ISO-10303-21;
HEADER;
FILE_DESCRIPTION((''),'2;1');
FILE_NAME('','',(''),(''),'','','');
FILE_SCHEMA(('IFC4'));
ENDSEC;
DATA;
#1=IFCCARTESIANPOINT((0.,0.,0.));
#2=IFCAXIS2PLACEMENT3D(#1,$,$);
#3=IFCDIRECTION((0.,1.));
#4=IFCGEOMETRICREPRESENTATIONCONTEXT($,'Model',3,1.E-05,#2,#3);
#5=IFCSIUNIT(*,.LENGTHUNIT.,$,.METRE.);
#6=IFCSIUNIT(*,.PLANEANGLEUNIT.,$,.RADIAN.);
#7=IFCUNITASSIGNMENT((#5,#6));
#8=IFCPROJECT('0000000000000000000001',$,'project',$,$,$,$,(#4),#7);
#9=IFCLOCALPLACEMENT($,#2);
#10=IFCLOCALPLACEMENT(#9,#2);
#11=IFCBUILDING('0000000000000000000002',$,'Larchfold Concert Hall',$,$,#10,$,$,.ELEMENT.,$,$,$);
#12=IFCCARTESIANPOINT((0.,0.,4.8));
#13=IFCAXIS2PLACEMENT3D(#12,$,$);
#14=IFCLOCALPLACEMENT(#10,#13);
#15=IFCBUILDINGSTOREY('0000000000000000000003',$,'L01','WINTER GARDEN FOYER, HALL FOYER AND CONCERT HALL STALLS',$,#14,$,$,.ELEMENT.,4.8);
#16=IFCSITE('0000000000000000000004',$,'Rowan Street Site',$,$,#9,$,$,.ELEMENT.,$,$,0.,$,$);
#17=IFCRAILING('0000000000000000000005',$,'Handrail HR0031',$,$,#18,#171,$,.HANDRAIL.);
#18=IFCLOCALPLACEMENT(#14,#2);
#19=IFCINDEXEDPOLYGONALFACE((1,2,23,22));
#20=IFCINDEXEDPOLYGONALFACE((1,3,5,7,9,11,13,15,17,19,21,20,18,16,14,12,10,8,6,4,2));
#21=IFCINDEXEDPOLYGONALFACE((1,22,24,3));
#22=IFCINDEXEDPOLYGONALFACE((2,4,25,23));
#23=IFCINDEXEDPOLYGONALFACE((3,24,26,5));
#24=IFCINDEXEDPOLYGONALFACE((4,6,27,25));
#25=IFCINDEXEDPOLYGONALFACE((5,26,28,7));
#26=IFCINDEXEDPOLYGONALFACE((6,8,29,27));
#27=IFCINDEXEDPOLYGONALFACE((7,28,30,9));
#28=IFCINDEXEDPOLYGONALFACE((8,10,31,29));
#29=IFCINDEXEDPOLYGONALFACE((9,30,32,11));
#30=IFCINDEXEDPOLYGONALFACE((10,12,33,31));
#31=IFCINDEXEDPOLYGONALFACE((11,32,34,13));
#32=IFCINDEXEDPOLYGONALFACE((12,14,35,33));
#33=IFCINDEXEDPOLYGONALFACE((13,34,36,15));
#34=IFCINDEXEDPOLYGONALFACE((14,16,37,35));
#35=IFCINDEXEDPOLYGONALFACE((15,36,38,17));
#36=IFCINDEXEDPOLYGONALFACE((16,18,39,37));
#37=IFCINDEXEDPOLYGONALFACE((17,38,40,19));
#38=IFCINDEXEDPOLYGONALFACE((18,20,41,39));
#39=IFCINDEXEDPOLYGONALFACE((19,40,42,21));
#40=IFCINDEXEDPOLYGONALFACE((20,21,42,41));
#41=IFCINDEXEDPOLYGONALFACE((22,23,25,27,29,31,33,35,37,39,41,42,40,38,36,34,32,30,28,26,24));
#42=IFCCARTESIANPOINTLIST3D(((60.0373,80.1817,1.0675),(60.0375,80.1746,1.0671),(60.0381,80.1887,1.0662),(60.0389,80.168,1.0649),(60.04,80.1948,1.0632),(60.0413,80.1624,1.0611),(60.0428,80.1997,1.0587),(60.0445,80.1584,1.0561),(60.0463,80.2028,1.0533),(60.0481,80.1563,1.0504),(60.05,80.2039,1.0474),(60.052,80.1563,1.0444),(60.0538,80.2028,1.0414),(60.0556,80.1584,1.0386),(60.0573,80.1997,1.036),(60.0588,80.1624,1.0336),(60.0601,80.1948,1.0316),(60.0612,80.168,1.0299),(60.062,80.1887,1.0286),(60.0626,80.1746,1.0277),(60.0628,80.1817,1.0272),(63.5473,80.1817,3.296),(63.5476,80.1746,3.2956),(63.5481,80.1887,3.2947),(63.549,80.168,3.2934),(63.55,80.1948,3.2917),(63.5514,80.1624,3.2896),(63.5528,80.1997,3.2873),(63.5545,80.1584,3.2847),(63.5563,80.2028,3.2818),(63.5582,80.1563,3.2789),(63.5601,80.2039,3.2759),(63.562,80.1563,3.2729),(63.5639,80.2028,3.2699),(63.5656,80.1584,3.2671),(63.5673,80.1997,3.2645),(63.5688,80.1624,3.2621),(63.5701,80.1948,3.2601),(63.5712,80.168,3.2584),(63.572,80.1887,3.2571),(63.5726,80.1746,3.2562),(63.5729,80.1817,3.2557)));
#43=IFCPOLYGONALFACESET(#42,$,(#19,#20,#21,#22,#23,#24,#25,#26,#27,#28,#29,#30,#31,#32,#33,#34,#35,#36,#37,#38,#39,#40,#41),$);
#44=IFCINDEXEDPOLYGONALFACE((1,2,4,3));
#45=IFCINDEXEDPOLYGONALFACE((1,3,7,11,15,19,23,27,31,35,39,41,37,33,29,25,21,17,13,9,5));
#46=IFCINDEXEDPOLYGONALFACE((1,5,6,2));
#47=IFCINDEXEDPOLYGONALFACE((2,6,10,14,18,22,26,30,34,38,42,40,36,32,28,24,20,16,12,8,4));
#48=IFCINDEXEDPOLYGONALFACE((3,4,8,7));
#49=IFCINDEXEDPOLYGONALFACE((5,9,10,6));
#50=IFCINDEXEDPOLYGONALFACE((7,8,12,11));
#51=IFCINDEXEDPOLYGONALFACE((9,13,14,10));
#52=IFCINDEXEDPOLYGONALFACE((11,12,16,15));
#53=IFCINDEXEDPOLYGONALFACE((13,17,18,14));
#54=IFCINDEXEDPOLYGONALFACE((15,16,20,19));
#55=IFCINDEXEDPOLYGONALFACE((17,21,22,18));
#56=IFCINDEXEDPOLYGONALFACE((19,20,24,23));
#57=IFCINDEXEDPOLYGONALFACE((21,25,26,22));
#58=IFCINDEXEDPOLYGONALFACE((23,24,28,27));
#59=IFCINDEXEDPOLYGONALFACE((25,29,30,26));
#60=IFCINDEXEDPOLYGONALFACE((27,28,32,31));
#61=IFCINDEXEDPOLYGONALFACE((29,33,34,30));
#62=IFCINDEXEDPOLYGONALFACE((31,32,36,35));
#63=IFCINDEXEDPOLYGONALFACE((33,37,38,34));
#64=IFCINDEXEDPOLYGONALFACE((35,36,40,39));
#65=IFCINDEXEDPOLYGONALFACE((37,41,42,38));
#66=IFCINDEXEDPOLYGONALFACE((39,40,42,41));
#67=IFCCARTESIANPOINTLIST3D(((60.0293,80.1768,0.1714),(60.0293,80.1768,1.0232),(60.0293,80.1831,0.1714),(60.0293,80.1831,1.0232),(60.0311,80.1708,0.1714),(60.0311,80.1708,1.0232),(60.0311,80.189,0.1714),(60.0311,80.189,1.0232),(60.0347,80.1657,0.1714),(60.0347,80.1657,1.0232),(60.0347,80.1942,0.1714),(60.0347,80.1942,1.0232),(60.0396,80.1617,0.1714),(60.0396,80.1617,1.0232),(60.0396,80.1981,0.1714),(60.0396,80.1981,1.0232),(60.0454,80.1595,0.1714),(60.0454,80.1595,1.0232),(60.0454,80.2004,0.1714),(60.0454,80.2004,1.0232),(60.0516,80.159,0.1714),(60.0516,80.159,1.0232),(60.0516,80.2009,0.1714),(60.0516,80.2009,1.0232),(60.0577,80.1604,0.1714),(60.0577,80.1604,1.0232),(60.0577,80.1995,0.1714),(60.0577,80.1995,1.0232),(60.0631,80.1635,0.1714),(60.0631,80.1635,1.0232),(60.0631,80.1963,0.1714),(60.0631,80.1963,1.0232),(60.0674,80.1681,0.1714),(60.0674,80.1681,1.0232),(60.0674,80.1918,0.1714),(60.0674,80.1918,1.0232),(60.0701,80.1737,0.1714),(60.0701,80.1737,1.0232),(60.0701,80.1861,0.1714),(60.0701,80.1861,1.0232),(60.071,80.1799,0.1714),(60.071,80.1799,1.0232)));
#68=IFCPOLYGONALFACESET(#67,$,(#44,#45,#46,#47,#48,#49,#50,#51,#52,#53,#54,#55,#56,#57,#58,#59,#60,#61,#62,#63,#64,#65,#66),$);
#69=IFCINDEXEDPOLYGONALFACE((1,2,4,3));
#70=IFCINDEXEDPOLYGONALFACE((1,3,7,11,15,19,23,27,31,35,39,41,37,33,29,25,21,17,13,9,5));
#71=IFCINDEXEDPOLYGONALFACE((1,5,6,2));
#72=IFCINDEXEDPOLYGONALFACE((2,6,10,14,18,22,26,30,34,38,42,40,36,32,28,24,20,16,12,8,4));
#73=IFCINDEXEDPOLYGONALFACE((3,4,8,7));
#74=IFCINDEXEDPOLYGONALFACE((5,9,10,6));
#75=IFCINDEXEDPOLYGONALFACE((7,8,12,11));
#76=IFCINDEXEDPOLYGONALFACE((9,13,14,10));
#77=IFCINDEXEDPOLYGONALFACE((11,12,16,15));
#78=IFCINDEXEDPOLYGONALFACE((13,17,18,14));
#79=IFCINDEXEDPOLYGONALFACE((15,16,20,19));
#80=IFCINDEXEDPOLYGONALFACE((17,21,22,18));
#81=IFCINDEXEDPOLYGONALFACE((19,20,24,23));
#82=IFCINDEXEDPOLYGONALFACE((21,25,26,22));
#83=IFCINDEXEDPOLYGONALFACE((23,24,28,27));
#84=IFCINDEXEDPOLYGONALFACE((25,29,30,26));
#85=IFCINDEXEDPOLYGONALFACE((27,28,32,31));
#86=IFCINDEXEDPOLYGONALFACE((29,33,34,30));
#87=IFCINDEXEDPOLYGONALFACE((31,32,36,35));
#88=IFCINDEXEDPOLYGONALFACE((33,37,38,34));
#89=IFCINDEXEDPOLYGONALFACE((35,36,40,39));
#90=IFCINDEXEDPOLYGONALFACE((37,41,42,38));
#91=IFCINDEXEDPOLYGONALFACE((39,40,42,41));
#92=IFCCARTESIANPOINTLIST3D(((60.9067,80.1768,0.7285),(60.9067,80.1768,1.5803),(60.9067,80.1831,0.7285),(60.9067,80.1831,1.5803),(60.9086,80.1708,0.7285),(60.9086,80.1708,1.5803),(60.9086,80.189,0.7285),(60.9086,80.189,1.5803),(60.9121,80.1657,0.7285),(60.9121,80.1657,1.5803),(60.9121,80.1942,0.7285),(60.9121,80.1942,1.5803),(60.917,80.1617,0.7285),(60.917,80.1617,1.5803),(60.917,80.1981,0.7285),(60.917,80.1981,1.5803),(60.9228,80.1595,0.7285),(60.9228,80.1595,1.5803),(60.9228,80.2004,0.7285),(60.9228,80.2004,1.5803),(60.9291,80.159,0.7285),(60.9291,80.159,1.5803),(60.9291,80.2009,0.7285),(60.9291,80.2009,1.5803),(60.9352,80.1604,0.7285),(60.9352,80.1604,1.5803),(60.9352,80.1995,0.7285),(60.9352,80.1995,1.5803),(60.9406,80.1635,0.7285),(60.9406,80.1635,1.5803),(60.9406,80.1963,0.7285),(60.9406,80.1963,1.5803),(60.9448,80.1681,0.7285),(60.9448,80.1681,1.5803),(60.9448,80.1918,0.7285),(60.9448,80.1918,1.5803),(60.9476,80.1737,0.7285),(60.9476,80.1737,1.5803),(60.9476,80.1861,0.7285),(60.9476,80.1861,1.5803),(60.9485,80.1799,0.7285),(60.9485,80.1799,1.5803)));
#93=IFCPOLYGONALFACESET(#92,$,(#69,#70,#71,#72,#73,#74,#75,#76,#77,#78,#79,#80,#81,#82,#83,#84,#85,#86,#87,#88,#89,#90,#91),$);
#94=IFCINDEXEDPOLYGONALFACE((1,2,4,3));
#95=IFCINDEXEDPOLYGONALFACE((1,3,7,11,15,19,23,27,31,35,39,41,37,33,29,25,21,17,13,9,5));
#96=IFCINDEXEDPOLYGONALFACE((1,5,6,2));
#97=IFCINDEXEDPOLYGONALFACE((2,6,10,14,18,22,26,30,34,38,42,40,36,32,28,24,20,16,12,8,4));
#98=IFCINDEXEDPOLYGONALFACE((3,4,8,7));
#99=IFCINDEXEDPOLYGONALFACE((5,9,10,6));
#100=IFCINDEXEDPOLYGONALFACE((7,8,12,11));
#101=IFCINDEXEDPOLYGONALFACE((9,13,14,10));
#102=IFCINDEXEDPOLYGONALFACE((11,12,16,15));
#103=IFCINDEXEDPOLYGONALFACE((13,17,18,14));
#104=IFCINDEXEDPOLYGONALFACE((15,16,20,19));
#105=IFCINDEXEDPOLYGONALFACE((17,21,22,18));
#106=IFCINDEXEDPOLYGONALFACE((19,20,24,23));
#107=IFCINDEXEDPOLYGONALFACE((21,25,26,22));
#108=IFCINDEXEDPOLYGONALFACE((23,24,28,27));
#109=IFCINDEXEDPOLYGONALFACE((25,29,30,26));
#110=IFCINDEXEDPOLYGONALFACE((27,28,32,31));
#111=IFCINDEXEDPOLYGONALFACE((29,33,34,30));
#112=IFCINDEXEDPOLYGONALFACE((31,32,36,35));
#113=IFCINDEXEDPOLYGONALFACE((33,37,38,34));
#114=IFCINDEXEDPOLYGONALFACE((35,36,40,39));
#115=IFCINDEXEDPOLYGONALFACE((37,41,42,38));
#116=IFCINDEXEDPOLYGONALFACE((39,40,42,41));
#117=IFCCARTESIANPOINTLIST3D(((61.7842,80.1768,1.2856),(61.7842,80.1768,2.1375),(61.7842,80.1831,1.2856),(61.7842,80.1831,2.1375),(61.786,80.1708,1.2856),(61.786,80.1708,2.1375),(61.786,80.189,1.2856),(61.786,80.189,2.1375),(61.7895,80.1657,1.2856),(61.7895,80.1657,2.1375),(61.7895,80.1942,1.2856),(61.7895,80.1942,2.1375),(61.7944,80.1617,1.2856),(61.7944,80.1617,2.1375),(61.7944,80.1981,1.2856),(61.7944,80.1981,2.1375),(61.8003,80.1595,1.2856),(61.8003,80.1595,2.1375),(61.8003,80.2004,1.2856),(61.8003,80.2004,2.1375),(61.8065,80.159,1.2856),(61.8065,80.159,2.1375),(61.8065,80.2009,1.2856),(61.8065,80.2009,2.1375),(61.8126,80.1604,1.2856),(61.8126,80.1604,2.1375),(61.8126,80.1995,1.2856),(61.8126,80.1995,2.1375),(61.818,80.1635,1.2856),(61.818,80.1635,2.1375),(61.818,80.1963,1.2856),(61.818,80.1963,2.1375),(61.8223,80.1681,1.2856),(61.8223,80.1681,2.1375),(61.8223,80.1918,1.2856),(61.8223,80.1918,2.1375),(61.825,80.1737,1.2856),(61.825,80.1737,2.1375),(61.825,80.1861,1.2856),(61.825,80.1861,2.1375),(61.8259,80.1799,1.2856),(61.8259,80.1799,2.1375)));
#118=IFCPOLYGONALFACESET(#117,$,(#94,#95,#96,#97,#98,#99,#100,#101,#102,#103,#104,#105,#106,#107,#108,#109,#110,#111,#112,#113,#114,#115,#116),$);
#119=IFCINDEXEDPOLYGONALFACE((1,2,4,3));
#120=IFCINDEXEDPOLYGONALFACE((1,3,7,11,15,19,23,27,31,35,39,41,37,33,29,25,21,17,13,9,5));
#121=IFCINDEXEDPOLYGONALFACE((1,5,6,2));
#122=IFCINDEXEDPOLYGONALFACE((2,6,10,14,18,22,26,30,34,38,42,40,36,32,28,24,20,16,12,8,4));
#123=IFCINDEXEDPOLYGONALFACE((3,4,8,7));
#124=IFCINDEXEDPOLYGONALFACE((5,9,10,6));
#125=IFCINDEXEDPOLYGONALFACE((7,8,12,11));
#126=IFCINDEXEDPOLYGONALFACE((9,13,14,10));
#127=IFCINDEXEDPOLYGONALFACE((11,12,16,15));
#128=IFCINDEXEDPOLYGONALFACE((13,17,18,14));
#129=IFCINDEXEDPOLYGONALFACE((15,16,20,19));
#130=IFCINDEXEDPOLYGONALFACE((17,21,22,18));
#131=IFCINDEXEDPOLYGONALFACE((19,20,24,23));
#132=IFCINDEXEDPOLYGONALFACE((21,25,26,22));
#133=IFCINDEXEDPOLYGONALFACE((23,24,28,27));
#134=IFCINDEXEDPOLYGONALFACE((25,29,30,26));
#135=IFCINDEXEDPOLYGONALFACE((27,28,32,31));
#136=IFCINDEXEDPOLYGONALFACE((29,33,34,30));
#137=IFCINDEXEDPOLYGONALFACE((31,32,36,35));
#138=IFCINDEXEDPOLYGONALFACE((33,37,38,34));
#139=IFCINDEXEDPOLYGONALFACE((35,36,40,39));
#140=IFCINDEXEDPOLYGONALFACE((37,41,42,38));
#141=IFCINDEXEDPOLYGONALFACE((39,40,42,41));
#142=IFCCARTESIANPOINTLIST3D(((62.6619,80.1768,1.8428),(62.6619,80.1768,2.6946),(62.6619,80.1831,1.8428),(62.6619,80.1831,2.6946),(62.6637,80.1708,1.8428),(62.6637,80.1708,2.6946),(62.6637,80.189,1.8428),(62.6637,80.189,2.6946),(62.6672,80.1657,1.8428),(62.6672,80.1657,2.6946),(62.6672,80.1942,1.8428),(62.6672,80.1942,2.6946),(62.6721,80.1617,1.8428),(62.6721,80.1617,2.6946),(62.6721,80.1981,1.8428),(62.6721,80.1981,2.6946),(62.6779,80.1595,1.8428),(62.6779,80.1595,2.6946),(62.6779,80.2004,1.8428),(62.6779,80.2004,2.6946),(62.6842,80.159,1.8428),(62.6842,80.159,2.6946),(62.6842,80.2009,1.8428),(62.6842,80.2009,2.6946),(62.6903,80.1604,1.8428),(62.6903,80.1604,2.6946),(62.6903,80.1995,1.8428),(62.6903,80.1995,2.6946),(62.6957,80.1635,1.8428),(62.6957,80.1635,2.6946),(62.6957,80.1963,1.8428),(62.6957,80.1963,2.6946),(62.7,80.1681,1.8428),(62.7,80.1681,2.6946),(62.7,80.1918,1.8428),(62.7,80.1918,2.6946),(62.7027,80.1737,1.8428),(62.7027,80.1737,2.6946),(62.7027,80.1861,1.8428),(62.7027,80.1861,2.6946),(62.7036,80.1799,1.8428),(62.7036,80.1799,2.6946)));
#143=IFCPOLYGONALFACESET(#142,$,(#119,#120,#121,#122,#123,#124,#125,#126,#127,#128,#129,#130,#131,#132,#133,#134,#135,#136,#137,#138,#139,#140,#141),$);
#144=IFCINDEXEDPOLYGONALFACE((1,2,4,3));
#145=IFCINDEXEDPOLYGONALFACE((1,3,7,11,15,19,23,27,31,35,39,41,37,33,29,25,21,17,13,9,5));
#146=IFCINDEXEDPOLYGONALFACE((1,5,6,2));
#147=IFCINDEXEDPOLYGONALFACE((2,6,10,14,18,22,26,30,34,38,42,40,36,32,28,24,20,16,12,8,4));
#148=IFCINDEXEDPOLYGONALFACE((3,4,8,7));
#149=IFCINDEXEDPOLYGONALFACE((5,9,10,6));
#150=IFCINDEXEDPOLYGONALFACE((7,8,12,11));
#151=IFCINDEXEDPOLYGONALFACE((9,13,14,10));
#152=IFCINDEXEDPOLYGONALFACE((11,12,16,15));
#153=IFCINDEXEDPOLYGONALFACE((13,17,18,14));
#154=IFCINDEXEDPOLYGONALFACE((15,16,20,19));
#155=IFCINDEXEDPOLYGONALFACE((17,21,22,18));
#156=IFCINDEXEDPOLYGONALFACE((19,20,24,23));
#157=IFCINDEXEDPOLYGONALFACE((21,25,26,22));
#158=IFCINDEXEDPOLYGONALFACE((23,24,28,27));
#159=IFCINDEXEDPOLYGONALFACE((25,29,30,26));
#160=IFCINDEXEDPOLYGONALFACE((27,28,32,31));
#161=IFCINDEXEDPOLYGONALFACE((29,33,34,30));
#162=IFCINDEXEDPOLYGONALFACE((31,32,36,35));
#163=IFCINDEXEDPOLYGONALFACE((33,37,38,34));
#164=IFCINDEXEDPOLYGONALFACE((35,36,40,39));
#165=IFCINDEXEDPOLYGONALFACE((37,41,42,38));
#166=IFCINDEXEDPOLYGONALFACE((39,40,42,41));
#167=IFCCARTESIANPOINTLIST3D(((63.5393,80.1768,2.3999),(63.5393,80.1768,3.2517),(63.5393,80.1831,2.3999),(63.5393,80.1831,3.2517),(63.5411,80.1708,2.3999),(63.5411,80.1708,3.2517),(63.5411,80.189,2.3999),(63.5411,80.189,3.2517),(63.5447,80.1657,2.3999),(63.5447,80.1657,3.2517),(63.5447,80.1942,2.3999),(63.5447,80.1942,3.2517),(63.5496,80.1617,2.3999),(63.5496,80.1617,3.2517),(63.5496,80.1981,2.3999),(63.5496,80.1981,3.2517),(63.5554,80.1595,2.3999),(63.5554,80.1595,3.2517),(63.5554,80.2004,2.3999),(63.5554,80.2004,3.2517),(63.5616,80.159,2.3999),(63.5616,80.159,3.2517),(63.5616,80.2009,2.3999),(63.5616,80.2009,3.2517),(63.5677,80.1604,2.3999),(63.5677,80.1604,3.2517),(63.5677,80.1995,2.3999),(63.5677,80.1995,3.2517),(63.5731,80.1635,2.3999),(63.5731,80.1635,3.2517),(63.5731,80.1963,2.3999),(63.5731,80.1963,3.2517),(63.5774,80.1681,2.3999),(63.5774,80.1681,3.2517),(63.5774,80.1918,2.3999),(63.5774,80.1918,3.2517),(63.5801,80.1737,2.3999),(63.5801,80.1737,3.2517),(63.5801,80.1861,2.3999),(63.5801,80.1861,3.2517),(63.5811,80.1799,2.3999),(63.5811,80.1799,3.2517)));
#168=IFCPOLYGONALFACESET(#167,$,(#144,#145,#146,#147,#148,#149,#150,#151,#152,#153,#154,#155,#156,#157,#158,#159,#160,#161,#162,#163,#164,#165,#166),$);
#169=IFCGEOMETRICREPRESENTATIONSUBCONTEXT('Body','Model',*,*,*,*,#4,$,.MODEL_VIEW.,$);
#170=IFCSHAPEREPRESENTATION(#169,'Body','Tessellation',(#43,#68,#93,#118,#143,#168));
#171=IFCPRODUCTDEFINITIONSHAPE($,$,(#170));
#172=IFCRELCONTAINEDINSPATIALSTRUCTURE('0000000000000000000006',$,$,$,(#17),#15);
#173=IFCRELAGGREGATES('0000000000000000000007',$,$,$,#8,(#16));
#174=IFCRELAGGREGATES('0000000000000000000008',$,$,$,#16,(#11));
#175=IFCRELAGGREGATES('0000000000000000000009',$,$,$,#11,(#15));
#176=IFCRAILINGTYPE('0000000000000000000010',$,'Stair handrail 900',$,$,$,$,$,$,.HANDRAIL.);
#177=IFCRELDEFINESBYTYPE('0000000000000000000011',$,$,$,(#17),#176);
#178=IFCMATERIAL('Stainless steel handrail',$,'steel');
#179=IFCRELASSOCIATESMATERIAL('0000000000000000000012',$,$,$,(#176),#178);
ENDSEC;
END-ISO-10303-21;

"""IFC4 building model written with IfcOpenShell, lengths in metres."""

from ifc_helpers import new_model, si_unit, direction, frame, origin, origin_2d, place, context, subcontext, project, spatial, circle, extrude, material, type_object, element, save


model = new_model("IFC4")

# Units and contexts
model_context = context("Model", 3, precision=1e-05, world=origin(), true_north=direction((0.0, 1.0)))
body_context = subcontext(model_context, "Body", "Model", "MODEL_VIEW")
ifc_project = project(units=[si_unit("LENGTHUNIT", "METRE"), si_unit("PLANEANGLEUNIT", "RADIAN")], contexts=[model_context])

# Site, building, storey
site_placement = place(None, origin())
site = spatial("IfcSite", under=ifc_project, at=site_placement, Name="Rowan Street Site", CompositionType="ELEMENT", RefElevation=0.0)
building_placement = place(site_placement, origin())
building = spatial("IfcBuilding", under=site, at=building_placement, Name="Larchfold Concert Hall", CompositionType="ELEMENT")
storey_placement = place(building_placement, frame((0.0, 0.0, 4.8)))
storey = spatial("IfcBuildingStorey", under=building, at=storey_placement, Name="L01", Description="WINTER GARDEN FOYER, HALL FOYER AND CONCERT HALL STALLS", CompositionType="ELEMENT", Elevation=4.8)

# Railing
ifc_material_1 = material(Name="Stainless steel handrail", Category="steel")
railing_type_1 = type_object("IfcRailingType", Name="Stair handrail 900", PredefinedType="HANDRAIL", material=ifc_material_1)
railing_1_placement = place(storey_placement, frame((60.05, 80.1799, 0.1714)))
element("IfcRailing", 1, at=railing_1_placement, inside=storey, type_object=railing_type_1, Name="Handrail HR0031", PredefinedType="HANDRAIL", context=body_context, shape_type="SweptSolid", body=[
    extrude(circle(Radius=0.0239, at=origin_2d()), frame((0.0, 0.0, 0.876), z_axis=(0.84422, 0.0, 0.535998), x_axis=(0.0, 1.0, 0.0)), (0.0, 0.0, 1.0), 4.1577),
    extrude(circle(Radius=0.021, at=origin_2d()), origin(), (0.0, 0.0, 1.0), 0.8518),
    extrude(circle(Radius=0.021, at=origin_2d()), frame((0.8774, 0.0, 0.5571)), (0.0, 0.0, 1.0), 0.8518),
    extrude(circle(Radius=0.021, at=origin_2d()), frame((1.7549, 0.0, 1.1143)), (0.0, 0.0, 1.0), 0.8518),
    extrude(circle(Radius=0.021, at=origin_2d()), frame((2.6326, 0.0, 1.6714)), (0.0, 0.0, 1.0), 0.8518),
    extrude(circle(Radius=0.021, at=origin_2d()), frame((3.51, 0.0, 2.2285)), (0.0, 0.0, 1.0), 0.8518),
])

save(model, "model.ifc")
